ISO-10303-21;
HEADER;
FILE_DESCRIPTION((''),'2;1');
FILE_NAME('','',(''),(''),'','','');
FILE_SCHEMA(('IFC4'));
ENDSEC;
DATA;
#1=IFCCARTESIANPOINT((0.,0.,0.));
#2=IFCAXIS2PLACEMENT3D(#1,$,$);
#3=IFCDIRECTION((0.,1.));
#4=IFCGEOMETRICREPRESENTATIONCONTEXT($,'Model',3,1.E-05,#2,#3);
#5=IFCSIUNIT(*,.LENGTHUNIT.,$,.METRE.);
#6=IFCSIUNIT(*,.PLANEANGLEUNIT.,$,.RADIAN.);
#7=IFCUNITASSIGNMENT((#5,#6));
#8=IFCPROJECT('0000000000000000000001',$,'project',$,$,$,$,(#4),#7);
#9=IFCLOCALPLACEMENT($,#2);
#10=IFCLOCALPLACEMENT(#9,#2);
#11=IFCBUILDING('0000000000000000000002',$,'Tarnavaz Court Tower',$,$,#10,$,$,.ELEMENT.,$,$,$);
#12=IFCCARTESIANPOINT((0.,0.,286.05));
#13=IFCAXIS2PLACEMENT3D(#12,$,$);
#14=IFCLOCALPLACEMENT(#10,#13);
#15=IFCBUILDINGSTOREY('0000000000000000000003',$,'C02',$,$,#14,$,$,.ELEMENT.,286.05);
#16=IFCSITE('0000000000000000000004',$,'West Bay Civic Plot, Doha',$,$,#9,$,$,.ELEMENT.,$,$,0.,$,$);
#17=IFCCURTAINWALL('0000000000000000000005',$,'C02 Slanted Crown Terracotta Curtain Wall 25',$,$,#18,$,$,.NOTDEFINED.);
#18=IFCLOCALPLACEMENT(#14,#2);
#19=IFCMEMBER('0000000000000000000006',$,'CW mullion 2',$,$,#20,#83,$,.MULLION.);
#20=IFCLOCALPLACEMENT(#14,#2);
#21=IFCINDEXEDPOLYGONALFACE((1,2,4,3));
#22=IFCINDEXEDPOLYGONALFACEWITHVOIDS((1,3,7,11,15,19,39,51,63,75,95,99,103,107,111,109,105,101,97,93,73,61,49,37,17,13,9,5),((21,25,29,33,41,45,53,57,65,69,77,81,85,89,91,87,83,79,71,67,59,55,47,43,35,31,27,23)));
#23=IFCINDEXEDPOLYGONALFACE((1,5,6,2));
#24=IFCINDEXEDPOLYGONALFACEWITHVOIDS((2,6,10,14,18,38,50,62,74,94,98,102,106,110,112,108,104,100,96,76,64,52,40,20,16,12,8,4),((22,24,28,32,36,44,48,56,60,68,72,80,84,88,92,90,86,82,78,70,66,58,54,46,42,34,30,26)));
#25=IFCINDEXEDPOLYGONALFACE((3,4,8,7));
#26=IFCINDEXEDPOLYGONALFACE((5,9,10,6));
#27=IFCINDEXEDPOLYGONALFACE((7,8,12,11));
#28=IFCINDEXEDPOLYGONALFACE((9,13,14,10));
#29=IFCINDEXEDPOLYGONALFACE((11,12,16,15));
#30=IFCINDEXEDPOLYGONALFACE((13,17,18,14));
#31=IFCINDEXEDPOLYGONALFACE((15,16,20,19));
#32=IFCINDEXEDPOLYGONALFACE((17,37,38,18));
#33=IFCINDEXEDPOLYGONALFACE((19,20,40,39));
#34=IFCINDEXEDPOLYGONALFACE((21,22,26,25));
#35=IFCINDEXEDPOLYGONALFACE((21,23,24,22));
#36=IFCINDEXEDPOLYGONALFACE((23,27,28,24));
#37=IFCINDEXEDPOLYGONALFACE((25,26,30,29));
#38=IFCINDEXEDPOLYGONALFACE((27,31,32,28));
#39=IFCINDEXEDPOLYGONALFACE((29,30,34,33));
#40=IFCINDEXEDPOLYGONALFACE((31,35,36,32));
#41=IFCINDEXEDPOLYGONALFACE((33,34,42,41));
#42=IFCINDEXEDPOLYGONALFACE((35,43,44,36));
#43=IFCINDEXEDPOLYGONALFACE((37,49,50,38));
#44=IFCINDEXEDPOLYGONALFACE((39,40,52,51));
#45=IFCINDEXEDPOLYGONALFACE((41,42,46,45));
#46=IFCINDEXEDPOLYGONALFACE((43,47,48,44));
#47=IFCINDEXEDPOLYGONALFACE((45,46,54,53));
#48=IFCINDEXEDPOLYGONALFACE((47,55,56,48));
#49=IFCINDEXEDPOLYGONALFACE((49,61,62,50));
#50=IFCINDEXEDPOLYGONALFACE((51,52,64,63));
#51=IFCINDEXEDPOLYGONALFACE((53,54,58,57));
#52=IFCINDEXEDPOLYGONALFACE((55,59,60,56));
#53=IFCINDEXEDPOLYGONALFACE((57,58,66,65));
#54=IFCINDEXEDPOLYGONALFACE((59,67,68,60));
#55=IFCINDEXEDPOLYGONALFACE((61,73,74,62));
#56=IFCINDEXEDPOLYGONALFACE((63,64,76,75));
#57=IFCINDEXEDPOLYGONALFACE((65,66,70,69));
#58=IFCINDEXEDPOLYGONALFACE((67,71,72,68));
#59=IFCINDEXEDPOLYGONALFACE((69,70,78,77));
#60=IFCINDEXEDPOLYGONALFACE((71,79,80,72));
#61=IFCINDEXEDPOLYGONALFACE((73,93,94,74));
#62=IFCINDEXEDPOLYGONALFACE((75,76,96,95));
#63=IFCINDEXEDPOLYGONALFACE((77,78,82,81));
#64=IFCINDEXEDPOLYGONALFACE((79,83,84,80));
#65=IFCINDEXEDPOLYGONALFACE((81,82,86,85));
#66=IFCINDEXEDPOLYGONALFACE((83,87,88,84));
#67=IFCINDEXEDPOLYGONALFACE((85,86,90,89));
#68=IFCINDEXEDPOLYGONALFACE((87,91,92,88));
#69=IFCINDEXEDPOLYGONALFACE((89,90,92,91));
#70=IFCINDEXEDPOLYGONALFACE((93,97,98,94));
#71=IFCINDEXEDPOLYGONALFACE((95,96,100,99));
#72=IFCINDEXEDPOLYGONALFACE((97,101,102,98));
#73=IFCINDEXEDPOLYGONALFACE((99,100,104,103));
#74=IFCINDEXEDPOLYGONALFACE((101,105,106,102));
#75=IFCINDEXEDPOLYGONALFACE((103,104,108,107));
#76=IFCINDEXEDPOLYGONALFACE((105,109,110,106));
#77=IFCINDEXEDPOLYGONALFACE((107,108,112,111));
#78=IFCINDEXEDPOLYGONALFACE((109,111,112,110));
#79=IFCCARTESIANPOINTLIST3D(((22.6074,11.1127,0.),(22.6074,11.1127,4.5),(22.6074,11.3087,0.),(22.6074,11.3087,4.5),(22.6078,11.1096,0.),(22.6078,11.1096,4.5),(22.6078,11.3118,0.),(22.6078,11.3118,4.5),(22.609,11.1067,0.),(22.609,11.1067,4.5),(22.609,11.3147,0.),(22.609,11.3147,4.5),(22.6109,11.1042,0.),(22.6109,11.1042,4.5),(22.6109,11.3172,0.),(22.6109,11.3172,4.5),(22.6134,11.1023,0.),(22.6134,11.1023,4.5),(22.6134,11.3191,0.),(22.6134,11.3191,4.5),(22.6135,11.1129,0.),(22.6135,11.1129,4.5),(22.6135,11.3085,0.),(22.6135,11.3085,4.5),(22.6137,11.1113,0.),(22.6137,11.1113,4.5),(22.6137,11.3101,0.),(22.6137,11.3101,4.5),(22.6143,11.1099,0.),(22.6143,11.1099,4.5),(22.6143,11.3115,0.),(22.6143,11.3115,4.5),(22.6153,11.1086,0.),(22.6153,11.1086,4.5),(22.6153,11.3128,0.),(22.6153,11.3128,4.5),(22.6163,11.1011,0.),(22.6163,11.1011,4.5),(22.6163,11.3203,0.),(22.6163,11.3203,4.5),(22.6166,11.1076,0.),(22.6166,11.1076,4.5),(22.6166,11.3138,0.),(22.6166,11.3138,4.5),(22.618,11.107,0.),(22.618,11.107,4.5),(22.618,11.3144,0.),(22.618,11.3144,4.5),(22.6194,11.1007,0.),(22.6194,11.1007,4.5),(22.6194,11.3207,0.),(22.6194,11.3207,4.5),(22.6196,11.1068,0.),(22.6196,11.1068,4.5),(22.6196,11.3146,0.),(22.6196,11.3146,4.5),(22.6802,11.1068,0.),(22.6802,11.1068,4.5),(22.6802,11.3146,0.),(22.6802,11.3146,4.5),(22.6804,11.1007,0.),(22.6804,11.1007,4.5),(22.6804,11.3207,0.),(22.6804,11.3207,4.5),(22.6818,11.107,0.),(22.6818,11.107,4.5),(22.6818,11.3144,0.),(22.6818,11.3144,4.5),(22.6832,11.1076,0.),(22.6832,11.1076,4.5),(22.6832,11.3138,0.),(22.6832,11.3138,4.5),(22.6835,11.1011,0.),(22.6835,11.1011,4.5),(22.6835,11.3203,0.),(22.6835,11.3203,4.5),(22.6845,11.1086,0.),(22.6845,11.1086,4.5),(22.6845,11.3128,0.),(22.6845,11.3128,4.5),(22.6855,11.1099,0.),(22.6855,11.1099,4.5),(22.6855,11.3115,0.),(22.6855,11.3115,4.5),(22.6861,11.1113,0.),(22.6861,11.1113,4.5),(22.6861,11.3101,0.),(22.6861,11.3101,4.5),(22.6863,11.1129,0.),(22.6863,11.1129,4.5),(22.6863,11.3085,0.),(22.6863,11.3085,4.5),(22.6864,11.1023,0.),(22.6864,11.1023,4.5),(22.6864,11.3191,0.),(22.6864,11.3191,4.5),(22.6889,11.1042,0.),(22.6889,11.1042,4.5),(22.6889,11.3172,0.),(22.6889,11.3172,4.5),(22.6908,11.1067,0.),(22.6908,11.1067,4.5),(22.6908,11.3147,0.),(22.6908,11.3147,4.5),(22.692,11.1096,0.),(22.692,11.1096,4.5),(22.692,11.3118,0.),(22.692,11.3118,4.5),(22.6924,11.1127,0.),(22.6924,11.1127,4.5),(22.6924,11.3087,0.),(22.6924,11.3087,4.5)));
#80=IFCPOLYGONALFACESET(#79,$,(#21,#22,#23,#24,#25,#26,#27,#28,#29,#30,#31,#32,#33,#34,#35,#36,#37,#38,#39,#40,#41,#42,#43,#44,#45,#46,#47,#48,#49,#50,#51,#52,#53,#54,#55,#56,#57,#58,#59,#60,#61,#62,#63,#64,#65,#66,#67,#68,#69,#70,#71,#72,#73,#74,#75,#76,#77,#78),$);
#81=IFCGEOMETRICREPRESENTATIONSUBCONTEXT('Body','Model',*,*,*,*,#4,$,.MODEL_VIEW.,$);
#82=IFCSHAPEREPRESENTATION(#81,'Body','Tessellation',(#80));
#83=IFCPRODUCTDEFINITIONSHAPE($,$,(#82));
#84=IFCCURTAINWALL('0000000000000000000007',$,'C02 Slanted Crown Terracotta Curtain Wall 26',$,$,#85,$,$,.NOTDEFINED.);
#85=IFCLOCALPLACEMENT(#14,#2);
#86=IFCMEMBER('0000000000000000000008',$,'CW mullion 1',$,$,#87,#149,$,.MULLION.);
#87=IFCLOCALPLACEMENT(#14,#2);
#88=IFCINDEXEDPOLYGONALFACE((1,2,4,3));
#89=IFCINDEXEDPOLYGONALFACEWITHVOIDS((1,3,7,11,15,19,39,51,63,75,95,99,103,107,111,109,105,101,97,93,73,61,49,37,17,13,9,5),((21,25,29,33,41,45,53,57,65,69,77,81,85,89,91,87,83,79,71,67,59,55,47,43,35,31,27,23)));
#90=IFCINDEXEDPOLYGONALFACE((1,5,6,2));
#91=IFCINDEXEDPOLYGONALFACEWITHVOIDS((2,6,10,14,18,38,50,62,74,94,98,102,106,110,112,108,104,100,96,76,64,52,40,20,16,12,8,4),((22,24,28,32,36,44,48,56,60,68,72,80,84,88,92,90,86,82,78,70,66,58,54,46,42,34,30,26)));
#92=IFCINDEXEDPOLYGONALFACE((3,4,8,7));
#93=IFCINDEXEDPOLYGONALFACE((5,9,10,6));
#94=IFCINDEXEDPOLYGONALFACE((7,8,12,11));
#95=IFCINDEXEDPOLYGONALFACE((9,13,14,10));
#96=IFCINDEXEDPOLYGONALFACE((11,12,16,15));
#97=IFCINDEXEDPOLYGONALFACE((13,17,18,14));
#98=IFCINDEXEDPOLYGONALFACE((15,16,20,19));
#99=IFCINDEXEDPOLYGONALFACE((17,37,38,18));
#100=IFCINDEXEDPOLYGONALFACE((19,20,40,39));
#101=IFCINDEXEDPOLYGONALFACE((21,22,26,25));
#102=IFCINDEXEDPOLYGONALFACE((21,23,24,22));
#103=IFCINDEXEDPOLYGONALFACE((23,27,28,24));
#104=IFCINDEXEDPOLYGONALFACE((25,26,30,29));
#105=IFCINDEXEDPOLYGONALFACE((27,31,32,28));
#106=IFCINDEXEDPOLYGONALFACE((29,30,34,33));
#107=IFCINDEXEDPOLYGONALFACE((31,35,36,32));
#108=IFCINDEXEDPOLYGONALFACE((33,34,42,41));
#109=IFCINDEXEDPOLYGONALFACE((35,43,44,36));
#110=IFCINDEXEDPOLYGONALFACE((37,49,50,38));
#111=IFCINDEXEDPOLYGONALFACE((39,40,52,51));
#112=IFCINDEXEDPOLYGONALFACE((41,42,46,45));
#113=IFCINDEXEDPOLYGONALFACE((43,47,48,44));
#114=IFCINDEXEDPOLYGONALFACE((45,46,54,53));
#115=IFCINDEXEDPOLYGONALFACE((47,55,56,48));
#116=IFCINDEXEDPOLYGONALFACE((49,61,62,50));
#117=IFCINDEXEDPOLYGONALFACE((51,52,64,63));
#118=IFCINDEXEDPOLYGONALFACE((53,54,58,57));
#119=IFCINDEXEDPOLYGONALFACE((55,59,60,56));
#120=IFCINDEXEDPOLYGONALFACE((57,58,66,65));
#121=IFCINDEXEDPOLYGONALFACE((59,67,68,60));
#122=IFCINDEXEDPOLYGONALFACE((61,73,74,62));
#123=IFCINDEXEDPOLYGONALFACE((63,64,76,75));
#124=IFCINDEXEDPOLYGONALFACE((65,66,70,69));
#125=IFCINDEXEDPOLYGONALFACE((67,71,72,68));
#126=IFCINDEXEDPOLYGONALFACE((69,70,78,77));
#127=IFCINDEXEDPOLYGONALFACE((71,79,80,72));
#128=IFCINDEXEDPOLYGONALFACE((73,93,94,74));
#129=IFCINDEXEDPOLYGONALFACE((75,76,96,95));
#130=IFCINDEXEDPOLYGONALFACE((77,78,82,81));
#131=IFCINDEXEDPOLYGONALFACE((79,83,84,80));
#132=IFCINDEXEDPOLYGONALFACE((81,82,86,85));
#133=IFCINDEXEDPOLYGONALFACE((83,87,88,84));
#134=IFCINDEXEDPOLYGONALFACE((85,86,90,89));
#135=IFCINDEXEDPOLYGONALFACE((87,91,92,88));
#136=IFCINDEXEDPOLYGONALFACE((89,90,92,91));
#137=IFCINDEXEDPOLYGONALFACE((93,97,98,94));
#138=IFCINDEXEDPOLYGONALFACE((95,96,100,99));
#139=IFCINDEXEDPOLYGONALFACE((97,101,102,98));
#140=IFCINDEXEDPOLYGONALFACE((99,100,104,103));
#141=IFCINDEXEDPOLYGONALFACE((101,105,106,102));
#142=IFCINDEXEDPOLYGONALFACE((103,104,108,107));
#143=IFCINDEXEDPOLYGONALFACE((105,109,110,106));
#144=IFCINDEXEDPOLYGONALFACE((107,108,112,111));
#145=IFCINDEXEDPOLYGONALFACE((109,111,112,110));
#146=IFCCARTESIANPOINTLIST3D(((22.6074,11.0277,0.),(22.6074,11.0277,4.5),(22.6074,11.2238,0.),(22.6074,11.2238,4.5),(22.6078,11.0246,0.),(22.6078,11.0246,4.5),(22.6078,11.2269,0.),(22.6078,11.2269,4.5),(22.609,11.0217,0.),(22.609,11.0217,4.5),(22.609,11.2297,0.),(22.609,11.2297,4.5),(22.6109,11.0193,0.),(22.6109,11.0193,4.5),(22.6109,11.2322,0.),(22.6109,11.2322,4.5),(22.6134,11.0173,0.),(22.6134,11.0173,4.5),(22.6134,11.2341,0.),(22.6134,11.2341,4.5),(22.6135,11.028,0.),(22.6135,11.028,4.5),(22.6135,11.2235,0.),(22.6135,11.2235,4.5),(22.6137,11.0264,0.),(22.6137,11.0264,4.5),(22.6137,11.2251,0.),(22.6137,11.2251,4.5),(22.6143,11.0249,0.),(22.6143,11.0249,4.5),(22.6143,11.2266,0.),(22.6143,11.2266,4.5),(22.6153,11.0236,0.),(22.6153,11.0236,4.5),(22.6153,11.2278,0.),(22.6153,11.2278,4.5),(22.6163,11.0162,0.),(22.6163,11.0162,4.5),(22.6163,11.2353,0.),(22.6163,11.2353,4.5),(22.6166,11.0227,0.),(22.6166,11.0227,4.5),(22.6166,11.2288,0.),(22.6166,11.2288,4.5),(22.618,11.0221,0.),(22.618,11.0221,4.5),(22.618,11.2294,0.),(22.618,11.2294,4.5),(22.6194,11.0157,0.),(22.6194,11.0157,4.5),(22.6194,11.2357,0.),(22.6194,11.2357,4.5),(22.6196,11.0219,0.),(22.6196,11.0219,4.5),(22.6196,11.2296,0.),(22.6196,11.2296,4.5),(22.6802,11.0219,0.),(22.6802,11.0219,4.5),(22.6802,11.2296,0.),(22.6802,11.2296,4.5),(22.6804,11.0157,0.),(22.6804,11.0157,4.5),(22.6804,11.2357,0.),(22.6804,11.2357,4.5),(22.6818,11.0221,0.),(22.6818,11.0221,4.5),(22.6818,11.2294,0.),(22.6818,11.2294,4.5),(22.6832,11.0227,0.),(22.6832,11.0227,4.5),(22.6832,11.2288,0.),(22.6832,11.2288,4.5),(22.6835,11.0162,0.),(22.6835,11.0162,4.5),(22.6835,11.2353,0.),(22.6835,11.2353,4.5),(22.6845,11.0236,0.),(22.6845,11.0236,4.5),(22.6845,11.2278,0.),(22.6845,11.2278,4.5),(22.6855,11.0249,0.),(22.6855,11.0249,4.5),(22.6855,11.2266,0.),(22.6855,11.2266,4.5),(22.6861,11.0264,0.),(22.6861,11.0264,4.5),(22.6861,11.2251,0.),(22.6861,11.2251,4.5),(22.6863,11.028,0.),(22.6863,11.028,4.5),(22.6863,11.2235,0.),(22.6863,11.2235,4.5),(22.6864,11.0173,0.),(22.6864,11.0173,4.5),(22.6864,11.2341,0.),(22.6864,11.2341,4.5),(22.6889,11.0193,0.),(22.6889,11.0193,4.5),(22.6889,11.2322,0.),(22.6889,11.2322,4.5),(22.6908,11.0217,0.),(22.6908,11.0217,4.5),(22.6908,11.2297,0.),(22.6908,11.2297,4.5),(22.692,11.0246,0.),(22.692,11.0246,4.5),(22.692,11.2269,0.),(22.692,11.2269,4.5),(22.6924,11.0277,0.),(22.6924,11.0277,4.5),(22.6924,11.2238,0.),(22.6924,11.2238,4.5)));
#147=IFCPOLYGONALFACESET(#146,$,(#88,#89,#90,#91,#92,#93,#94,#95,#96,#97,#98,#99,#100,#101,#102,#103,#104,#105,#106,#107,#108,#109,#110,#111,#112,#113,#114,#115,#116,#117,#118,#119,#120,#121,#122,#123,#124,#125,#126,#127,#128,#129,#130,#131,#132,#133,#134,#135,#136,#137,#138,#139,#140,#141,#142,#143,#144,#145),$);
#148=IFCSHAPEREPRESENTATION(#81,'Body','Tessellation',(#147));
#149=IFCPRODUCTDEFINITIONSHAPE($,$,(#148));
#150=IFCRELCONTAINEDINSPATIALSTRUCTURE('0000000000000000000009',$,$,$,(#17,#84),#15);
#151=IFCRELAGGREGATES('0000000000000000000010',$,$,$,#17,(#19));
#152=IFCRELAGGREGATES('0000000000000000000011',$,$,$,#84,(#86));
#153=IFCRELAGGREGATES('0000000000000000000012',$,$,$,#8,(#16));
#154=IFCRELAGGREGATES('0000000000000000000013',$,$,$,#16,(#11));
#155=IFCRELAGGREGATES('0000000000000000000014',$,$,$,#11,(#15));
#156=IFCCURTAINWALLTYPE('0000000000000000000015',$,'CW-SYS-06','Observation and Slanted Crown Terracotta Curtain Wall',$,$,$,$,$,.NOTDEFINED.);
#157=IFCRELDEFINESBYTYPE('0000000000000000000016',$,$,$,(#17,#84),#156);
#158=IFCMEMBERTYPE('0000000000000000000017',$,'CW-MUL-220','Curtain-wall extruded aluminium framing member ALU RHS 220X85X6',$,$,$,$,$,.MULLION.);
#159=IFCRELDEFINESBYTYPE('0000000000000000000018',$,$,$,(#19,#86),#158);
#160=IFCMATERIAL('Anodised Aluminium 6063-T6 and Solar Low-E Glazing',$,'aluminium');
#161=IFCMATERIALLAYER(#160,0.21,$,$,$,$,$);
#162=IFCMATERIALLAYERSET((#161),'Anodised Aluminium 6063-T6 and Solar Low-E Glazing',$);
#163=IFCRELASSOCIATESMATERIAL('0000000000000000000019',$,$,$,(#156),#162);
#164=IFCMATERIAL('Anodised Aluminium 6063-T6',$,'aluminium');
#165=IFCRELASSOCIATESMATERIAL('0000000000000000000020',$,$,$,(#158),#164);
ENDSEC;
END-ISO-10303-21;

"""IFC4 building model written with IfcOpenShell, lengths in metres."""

from ifc_helpers import new_model, si_unit, direction, frame, origin, origin_2d, place, context, subcontext, project, spatial, hollow_rectangle, extrude, material, layer, layer_set, material_profile, profile_set, type_object, element, aggregate, save


model = new_model("IFC4")

# Units and contexts
model_context = context("Model", 3, precision=1e-05, world=origin(), true_north=direction((0.0, 1.0)))
body_context = subcontext(model_context, "Body", "Model", "MODEL_VIEW")
ifc_project = project(units=[si_unit("LENGTHUNIT", "METRE"), si_unit("PLANEANGLEUNIT", "RADIAN")], contexts=[model_context])

# Site, building, storey
site_placement = place(None, origin())
site = spatial("IfcSite", under=ifc_project, at=site_placement, Name="West Bay Civic Plot, Doha", CompositionType="ELEMENT", RefElevation=0.0)
building_placement = place(site_placement, origin())
building = spatial("IfcBuilding", under=site, at=building_placement, Name="Tarnavaz Court Tower", CompositionType="ELEMENT")
storey_placement = place(building_placement, frame((0.0, 0.0, 286.05)))
storey = spatial("IfcBuildingStorey", under=building, at=storey_placement, Name="C02", CompositionType="ELEMENT", Elevation=286.05)

# Shared definitions
ifc_material_1 = material(Name="Anodised Aluminium 6063-T6 and Solar Low-E Glazing", Category="aluminium")
ifc_layer_1 = layer(ifc_material_1, 0.21)
ifc_layer_set_1 = layer_set([ifc_layer_1], Name="Anodised Aluminium 6063-T6 and Solar Low-E Glazing")
curtain_wall_type = type_object("IfcCurtainWallType", Name="CW-SYS-06", Description="Observation and Slanted Crown Terracotta Curtain Wall", PredefinedType="NOTDEFINED", material=ifc_layer_set_1)
ifc_material_2 = material(Name="Anodised Aluminium 6063-T6", Category="aluminium")
ifc_material_profile_1 = material_profile(ifc_material_2, hollow_rectangle(XDim=0.085, YDim=0.22, WallThickness=0.0061, InnerFilletRadius=0.0061, OuterFilletRadius=0.012, at=origin_2d()), Name="ALU RHS 220X85X6")
ifc_profile_set_1 = profile_set([ifc_material_profile_1], Name="Anodised Aluminium 6063-T6")
member_type_1 = type_object("IfcMemberType", Name="CW-MUL-220", Description="Curtain-wall extruded aluminium framing member ALU RHS 220X85X6", PredefinedType="MULLION", material=ifc_profile_set_1)

# Curtain walls, members
curtain_wall_1_placement = place(storey_placement, origin())
curtain_wall_1 = element("IfcCurtainWall", 1, at=curtain_wall_1_placement, inside=storey, type_object=curtain_wall_type, Name="C02 Slanted Crown Terracotta Curtain Wall 25", PredefinedType="NOTDEFINED")
member_1_placement = place(storey_placement, frame((22.6499, 11.2107, 0.0), z_axis=(0.0, 0.0, 1.0), x_axis=(1.0, 0.0, 0.0)))
member_1 = element("IfcMember", 2, at=member_1_placement, type_object=member_type_1, Name="CW mullion 2", PredefinedType="MULLION", context=body_context, shape_type="SweptSolid", body=[
    extrude(hollow_rectangle(XDim=0.085, YDim=0.22, WallThickness=0.0061, InnerFilletRadius=0.0061, OuterFilletRadius=0.012, at=origin_2d()), origin(), (0.0, 0.0, 1.0), 4.5),
])
curtain_wall_2_placement = place(storey_placement, origin())
curtain_wall_2 = element("IfcCurtainWall", 3, at=curtain_wall_2_placement, inside=storey, type_object=curtain_wall_type, Name="C02 Slanted Crown Terracotta Curtain Wall 26", PredefinedType="NOTDEFINED")
member_2_placement = place(storey_placement, frame((22.6499, 11.1257, 0.0), z_axis=(0.0, 0.0, 1.0), x_axis=(1.0, 0.0, 0.0)))
member_2 = element("IfcMember", 4, at=member_2_placement, type_object=member_type_1, Name="CW mullion 1", PredefinedType="MULLION", context=body_context, shape_type="SweptSolid", body=[
    extrude(hollow_rectangle(XDim=0.085, YDim=0.22, WallThickness=0.0061, InnerFilletRadius=0.0061, OuterFilletRadius=0.012, at=origin_2d()), origin(), (0.0, 0.0, 1.0), 4.5),
])

aggregate(curtain_wall_1, [member_1])
aggregate(curtain_wall_2, [member_2])

save(model, "model.ifc")
